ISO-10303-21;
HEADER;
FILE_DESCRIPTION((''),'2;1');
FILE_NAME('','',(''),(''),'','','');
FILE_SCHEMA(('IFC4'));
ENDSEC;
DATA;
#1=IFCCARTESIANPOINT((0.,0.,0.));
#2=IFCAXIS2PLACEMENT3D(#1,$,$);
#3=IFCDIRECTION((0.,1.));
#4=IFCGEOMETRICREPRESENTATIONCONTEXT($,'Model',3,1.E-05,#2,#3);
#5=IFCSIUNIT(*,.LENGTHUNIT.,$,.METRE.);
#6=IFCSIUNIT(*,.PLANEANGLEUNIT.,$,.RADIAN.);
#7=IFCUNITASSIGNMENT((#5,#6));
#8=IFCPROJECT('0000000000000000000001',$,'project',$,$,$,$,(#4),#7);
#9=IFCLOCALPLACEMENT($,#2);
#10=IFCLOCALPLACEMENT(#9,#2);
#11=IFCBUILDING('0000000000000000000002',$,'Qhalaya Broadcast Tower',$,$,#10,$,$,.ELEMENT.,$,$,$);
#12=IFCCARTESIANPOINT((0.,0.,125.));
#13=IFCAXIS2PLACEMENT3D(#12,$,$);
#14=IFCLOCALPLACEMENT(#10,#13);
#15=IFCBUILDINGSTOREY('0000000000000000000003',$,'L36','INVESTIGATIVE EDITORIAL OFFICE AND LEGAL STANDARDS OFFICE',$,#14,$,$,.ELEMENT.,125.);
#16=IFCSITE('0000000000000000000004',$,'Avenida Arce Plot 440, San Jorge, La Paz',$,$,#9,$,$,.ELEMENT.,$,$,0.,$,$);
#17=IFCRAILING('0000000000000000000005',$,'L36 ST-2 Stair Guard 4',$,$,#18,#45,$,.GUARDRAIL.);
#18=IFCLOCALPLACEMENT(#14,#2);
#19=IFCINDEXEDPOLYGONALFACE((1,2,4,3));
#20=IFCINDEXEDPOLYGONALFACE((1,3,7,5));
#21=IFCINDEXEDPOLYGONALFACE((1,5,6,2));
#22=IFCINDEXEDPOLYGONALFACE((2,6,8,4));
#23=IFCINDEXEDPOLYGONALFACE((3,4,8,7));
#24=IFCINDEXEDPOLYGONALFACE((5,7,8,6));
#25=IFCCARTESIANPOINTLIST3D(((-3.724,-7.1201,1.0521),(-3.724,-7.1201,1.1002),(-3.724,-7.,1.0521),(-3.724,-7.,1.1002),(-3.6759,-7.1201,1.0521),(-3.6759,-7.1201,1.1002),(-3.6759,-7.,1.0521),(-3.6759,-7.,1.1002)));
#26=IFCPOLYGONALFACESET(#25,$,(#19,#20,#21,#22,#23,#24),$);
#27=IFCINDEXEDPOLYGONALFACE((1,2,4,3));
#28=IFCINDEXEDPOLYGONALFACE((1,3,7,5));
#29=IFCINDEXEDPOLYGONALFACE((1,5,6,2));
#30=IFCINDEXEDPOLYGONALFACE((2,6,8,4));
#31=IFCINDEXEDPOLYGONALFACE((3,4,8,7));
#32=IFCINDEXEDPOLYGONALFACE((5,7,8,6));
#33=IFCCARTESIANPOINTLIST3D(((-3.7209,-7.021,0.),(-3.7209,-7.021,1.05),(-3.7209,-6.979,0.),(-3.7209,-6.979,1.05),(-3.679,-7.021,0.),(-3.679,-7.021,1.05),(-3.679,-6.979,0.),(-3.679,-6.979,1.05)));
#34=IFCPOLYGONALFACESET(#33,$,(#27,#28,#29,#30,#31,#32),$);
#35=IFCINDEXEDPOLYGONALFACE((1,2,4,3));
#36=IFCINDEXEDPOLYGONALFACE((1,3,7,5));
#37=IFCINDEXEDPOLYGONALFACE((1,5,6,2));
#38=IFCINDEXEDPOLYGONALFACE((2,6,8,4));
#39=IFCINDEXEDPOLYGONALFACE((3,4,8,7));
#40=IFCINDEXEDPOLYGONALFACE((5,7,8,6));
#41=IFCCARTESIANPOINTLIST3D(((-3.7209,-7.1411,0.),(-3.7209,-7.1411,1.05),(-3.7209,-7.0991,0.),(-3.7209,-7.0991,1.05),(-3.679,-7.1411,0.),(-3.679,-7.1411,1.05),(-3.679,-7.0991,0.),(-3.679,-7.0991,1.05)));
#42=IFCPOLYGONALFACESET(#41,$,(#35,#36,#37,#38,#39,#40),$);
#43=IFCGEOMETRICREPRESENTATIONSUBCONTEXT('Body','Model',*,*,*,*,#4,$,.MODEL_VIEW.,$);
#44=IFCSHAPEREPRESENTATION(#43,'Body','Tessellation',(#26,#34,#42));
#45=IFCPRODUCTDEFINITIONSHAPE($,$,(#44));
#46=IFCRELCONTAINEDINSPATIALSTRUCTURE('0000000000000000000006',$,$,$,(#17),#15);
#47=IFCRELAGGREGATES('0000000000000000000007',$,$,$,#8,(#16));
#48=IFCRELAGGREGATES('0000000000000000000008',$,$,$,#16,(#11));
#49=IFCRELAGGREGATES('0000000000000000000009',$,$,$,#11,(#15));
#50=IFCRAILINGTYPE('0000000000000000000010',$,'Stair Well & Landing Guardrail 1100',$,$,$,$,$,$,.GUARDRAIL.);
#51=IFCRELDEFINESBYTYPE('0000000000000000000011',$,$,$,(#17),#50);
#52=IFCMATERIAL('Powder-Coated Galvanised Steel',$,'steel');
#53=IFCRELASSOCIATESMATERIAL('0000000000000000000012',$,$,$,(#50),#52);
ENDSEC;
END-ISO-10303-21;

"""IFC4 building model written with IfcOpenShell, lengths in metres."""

from ifc_helpers import new_model, si_unit, direction, frame, origin, origin_2d, place, context, subcontext, project, spatial, rectangle, extrude, material, type_object, element, save


model = new_model("IFC4")

# Units and contexts
model_context = context("Model", 3, precision=1e-05, world=origin(), true_north=direction((0.0, 1.0)))
body_context = subcontext(model_context, "Body", "Model", "MODEL_VIEW")
ifc_project = project(units=[si_unit("LENGTHUNIT", "METRE"), si_unit("PLANEANGLEUNIT", "RADIAN")], contexts=[model_context])

# Site, building, storey
site_placement = place(None, origin())
site = spatial("IfcSite", under=ifc_project, at=site_placement, Name="Avenida Arce Plot 440, San Jorge, La Paz", CompositionType="ELEMENT", RefElevation=0.0)
building_placement = place(site_placement, origin())
building = spatial("IfcBuilding", under=site, at=building_placement, Name="Qhalaya Broadcast Tower", CompositionType="ELEMENT")
storey_placement = place(building_placement, frame((0.0, 0.0, 125.0)))
storey = spatial("IfcBuildingStorey", under=building, at=storey_placement, Name="L36", Description="INVESTIGATIVE EDITORIAL OFFICE AND LEGAL STANDARDS OFFICE", CompositionType="ELEMENT", Elevation=125.0)

# Railing
ifc_material_1 = material(Name="Powder-Coated Galvanised Steel", Category="steel")
railing_type_1 = type_object("IfcRailingType", Name="Stair Well & Landing Guardrail 1100", PredefinedType="GUARDRAIL", material=ifc_material_1)
railing_1_placement = place(storey_placement, frame((-3.7, -7.0, 0.0)))
element("IfcRailing", 1, at=railing_1_placement, inside=storey, type_object=railing_type_1, Name="L36 ST-2 Stair Guard 4", PredefinedType="GUARDRAIL", context=body_context, shape_type="SweptSolid", body=[
    extrude(rectangle(XDim=0.0481, YDim=0.0481, at=origin_2d()), frame((0.0, 0.0, 1.0762), z_axis=(0.0, -1.0, 0.0), x_axis=(1.0, 0.0, 0.0)), (0.0, 0.0, 1.0), 0.1201),
    extrude(rectangle(XDim=0.042, YDim=0.042, at=origin_2d()), origin(), (0.0, 0.0, 1.0), 1.05),
    extrude(rectangle(XDim=0.042, YDim=0.042, at=origin_2d()), frame((0.0, -0.1201, 0.0)), (0.0, 0.0, 1.0), 1.05),
])

save(model, "model.ifc")
